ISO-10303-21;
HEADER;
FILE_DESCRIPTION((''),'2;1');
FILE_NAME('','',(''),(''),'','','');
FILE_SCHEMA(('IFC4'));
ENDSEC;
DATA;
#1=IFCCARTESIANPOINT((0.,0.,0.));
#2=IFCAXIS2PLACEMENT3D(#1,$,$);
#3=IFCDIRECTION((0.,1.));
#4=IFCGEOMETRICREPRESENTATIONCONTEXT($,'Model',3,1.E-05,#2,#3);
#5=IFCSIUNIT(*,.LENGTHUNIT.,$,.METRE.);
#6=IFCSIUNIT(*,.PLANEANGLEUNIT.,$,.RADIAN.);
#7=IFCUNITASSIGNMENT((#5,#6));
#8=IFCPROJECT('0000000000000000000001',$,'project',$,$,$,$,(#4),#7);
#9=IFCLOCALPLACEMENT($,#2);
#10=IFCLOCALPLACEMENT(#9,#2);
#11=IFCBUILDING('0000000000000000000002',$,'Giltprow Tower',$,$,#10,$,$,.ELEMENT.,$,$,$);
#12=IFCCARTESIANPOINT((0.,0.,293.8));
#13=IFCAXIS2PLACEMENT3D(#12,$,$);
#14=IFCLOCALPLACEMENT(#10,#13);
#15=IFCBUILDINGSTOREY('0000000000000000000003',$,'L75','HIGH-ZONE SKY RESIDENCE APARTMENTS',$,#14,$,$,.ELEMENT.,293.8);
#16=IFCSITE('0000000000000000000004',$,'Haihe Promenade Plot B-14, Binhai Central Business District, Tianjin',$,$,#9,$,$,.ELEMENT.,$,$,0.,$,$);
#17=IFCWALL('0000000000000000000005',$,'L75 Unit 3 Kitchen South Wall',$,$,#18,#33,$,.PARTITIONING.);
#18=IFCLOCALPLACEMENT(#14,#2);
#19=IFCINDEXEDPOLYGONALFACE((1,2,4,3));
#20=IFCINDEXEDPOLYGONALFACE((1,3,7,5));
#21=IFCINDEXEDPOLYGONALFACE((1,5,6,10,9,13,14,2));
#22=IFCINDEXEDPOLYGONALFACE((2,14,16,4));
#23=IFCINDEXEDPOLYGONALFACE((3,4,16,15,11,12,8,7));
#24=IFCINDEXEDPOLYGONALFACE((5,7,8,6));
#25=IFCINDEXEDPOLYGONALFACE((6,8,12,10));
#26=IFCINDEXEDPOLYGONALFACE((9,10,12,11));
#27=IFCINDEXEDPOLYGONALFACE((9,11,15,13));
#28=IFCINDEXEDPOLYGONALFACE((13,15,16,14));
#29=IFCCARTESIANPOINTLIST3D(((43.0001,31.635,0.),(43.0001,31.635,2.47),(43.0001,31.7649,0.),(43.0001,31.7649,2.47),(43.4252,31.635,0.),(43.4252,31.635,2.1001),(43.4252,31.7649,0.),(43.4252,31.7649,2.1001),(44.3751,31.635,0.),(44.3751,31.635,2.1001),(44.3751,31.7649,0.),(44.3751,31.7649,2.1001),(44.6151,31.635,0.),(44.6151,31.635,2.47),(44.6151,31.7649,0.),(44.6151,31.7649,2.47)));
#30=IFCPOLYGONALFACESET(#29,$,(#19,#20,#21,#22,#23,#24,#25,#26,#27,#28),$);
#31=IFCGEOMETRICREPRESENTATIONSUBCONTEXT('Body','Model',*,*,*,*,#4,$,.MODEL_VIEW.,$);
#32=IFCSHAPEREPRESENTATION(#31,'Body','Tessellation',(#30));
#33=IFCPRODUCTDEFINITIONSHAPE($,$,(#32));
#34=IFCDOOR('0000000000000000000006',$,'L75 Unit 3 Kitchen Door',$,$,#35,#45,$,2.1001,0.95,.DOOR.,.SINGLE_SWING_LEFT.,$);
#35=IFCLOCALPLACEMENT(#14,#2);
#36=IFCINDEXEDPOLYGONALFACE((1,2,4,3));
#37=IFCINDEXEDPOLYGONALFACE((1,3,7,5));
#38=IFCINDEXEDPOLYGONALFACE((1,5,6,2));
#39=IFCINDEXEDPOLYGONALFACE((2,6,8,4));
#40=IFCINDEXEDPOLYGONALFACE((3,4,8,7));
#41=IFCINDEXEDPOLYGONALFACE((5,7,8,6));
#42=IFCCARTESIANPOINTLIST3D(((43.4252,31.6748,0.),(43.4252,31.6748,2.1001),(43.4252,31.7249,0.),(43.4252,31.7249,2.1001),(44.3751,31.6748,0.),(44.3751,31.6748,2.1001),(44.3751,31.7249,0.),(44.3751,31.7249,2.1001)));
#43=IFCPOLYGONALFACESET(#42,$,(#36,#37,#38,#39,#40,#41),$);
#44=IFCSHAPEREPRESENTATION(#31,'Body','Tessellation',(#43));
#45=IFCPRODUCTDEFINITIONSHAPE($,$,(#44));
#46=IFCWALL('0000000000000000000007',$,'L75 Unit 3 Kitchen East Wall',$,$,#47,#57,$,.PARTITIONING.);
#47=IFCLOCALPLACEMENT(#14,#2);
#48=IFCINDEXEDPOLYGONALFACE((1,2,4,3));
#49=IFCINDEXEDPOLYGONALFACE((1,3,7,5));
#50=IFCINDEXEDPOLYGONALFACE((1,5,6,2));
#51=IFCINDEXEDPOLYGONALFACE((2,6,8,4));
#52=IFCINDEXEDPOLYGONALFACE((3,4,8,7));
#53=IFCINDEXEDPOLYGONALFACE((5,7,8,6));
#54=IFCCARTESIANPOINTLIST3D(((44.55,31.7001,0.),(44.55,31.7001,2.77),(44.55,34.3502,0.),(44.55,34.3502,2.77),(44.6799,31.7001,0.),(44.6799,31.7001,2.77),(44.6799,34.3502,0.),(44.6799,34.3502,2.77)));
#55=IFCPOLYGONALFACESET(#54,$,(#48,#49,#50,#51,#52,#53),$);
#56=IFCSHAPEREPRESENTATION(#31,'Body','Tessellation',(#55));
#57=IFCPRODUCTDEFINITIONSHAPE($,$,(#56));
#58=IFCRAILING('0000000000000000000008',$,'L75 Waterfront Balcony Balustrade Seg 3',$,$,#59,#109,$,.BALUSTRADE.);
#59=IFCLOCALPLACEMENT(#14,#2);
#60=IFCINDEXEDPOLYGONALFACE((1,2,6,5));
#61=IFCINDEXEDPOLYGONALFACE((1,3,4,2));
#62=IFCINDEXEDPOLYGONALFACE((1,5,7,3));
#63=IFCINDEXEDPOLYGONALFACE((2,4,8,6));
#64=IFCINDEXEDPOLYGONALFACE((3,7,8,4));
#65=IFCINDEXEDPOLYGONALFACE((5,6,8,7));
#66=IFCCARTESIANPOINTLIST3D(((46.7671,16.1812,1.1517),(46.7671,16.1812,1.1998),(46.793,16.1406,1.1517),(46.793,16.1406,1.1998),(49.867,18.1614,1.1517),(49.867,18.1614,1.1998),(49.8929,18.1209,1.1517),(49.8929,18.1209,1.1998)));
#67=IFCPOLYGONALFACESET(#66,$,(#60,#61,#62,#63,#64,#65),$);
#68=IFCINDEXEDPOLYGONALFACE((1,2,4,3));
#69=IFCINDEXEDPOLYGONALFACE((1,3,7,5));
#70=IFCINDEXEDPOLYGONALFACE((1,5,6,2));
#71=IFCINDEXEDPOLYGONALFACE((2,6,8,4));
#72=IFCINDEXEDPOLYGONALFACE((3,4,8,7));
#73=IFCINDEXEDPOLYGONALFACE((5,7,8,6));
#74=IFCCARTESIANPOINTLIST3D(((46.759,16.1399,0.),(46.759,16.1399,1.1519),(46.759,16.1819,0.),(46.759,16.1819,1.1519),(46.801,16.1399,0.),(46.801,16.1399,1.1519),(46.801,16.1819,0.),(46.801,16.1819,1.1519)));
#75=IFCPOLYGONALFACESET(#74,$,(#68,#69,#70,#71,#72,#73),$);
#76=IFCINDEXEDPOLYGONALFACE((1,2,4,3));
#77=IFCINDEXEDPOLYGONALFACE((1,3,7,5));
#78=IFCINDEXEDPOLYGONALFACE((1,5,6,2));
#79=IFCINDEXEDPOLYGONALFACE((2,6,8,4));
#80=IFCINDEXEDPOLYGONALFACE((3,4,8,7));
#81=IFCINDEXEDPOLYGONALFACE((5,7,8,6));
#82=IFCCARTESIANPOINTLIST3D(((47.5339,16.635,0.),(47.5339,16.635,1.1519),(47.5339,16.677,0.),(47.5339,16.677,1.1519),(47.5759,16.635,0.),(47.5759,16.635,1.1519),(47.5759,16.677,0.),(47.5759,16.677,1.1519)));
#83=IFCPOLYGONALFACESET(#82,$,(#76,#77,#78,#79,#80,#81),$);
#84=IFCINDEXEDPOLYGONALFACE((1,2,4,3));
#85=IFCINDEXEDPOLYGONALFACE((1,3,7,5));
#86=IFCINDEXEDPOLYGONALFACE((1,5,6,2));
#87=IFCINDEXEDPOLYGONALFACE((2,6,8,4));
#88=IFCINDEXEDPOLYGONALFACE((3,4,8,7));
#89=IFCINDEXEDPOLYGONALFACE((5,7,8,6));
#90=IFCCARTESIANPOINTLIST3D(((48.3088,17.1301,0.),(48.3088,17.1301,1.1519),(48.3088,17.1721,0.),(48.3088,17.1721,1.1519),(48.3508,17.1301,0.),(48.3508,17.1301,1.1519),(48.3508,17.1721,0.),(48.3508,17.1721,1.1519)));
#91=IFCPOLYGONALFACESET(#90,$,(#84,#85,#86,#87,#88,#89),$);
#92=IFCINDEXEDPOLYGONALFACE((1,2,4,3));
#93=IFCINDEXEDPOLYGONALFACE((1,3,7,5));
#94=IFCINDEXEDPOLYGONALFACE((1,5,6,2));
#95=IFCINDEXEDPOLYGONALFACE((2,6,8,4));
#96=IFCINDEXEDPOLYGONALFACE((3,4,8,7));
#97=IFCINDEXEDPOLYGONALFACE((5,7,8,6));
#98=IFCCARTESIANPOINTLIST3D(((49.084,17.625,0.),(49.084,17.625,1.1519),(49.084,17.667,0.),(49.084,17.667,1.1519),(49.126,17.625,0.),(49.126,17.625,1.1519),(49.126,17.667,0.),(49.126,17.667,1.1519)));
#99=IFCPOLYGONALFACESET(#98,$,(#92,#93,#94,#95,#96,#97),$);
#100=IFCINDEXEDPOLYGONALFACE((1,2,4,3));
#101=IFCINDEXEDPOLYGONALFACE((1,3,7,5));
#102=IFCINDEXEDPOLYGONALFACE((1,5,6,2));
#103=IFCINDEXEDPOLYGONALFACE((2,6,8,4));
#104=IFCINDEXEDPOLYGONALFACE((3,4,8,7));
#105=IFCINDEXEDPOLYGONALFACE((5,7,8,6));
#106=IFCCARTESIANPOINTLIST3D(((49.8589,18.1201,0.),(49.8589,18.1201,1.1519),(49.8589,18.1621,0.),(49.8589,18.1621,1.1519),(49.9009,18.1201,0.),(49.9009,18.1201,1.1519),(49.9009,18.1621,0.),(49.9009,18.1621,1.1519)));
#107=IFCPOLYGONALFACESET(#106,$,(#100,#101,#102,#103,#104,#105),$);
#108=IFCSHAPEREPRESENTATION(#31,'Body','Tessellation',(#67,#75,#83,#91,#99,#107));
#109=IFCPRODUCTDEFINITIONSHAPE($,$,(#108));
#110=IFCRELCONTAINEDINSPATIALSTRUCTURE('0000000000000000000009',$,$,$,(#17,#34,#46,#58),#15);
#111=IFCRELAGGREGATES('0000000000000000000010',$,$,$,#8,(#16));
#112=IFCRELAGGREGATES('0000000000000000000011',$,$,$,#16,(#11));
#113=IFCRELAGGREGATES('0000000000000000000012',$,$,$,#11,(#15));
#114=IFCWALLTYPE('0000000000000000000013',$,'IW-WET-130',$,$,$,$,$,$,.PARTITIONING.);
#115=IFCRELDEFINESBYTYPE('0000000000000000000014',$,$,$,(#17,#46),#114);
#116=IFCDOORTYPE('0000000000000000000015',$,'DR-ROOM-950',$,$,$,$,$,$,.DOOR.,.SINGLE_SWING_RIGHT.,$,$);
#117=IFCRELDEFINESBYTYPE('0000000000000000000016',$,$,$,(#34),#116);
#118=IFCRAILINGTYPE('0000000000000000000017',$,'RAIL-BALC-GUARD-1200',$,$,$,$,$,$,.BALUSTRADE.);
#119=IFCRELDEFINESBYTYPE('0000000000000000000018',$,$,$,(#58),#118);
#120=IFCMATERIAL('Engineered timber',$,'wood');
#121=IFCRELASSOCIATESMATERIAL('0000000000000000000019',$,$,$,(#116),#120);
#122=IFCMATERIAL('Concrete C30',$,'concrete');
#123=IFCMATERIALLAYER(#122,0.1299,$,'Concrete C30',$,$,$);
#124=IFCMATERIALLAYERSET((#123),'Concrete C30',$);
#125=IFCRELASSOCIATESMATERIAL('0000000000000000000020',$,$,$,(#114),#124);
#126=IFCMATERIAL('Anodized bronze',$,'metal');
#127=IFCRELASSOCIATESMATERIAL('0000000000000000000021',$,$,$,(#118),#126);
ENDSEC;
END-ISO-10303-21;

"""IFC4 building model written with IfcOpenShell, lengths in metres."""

from ifc_helpers import new_model, si_unit, direction, frame, frame_2d, origin, origin_2d, place, context, subcontext, project, spatial, rectangle, extrude, source, transform, mapped, material, layer, layer_set, type_object, element, fill, save


model = new_model("IFC4")

# Units and contexts
model_context = context("Model", 3, precision=1e-05, world=origin(), true_north=direction((0.0, 1.0)))
body_context = subcontext(model_context, "Body", "Model", "MODEL_VIEW")
ifc_project = project(units=[si_unit("LENGTHUNIT", "METRE"), si_unit("PLANEANGLEUNIT", "RADIAN")], contexts=[model_context])

# Site, building, storey
site_placement = place(None, origin())
site = spatial("IfcSite", under=ifc_project, at=site_placement, Name="Haihe Promenade Plot B-14, Binhai Central Business District, Tianjin", CompositionType="ELEMENT", RefElevation=0.0)
building_placement = place(site_placement, origin())
building = spatial("IfcBuilding", under=site, at=building_placement, Name="Giltprow Tower", CompositionType="ELEMENT")
storey_placement = place(building_placement, frame((0.0, 0.0, 293.8)))
storey = spatial("IfcBuildingStorey", under=building, at=storey_placement, Name="L75", Description="HIGH-ZONE SKY RESIDENCE APARTMENTS", CompositionType="ELEMENT", Elevation=293.8)

# Shared definitions
ifc_material_1 = material(Name="Engineered timber", Category="wood")
door_type_1 = type_object("IfcDoorType", Name="DR-ROOM-950", OperationType="SINGLE_SWING_RIGHT", PredefinedType="DOOR", material=ifc_material_1)
shared_shape_1 = source(origin(), body_context, "Body", "SweptSolid", [
    extrude(rectangle(XDim=0.95, YDim=2.1001, at=frame_2d((0.4751, 1.05))), frame((0.0, 0.0249, 0.0), z_axis=(0.0, -1.0, 0.0), x_axis=(1.0, 0.0, 0.0)), (0.0, 0.0, 1.0), 0.05),
])

# Wall, opening, door
ifc_material_2 = material(Name="Concrete C30", Category="concrete")
ifc_layer_1 = layer(ifc_material_2, 0.1299, Name="Concrete C30")
ifc_layer_set_1 = layer_set([ifc_layer_1], Name="Concrete C30")
wall_type_1 = type_object("IfcWallType", Name="IW-WET-130", PredefinedType="PARTITIONING", material=ifc_layer_set_1)
wall_1_placement = place(storey_placement, frame((43.0, 31.7, 0.0), z_axis=(0.0, 0.0, 1.0), x_axis=(1.0, 0.0, 0.0)))
wall_1 = element("IfcWall", 1, at=wall_1_placement, inside=storey, type_object=wall_type_1, Name="L75 Unit 3 Kitchen South Wall", PredefinedType="PARTITIONING", context=body_context, shape_type="SweptSolid", body=[
    extrude(rectangle(XDim=1.615, YDim=0.1299, at=frame_2d((0.8076, 0.0))), origin(), (0.0, 0.0, 1.0), 2.47),
])
opening_1_placement = place(wall_1_placement, frame((0.425, 0.0, 0.0)))
opening_1 = element("IfcOpeningElement", 2, at=opening_1_placement, cuts=wall_1, PredefinedType="OPENING", context=body_context, shape_type="SweptSolid", body=[
    extrude(rectangle(XDim=0.95, YDim=2.1001, at=frame_2d((0.4751, 1.05))), frame((0.0, 0.075, 0.0), z_axis=(0.0, -1.0, 0.0), x_axis=(1.0, 0.0, 0.0)), (0.0, 0.0, 1.0), 0.1499),
])
door_1_placement = place(opening_1_placement, origin())
door_1 = element("IfcDoor", 3, at=door_1_placement, inside=storey, type_object=door_type_1, Name="L75 Unit 3 Kitchen Door", OperationType="SINGLE_SWING_LEFT", OverallHeight=2.1001, OverallWidth=0.95, PredefinedType="DOOR", context=body_context, shape_type="MappedRepresentation", body=[
    mapped(shared_shape_1, transform((0.0, 0.0, 0.0), x_axis=(1.0, 0.0, 0.0), y_axis=(0.0, 1.0, 0.0), z_axis=(0.0, 0.0, 1.0), scale=1.0)),
])
fill(opening_1, door_1)

# Wall
wall_2_placement = place(storey_placement, frame((44.615, 31.7, 0.0), z_axis=(0.0, 0.0, 1.0), x_axis=(0.0, 1.0, 0.0)))
element("IfcWall", 4, at=wall_2_placement, inside=storey, type_object=wall_type_1, Name="L75 Unit 3 Kitchen East Wall", PredefinedType="PARTITIONING", context=body_context, shape_type="SweptSolid", body=[
    extrude(rectangle(XDim=2.6501, YDim=0.1299, at=frame_2d((1.3252, 0.0))), origin(), (0.0, 0.0, 1.0), 2.77),
])

# Railing
ifc_material_3 = material(Name="Anodized bronze", Category="metal")
railing_type = type_object("IfcRailingType", Name="RAIL-BALC-GUARD-1200", PredefinedType="BALUSTRADE", material=ifc_material_3)
railing_1_placement = place(storey_placement, frame((46.78, 16.1609, 0.0)))
element("IfcRailing", 5, at=railing_1_placement, inside=storey, type_object=railing_type, Name="L75 Waterfront Balcony Balustrade Seg 3", PredefinedType="BALUSTRADE", context=body_context, shape_type="SweptSolid", body=[
    extrude(rectangle(XDim=0.0481, YDim=0.0481, at=origin_2d()), frame((0.0, 0.0, 1.1758), z_axis=(0.842726, 0.538343, 0.0), x_axis=(-0.538343, 0.842726, 0.0)), (0.0, 0.0, 1.0), 3.6785),
    extrude(rectangle(XDim=0.042, YDim=0.042, at=origin_2d()), origin(), (0.0, 0.0, 1.0), 1.1519),
    extrude(rectangle(XDim=0.042, YDim=0.042, at=origin_2d()), frame((0.7749, 0.4951, 0.0)), (0.0, 0.0, 1.0), 1.1519),
    extrude(rectangle(XDim=0.042, YDim=0.042, at=origin_2d()), frame((1.5498, 0.9902, 0.0)), (0.0, 0.0, 1.0), 1.1519),
    extrude(rectangle(XDim=0.042, YDim=0.042, at=origin_2d()), frame((2.325, 1.4851, 0.0)), (0.0, 0.0, 1.0), 1.1519),
    extrude(rectangle(XDim=0.042, YDim=0.042, at=origin_2d()), frame((3.0999, 1.9802, 0.0)), (0.0, 0.0, 1.0), 1.1519),
])

save(model, "model.ifc")
